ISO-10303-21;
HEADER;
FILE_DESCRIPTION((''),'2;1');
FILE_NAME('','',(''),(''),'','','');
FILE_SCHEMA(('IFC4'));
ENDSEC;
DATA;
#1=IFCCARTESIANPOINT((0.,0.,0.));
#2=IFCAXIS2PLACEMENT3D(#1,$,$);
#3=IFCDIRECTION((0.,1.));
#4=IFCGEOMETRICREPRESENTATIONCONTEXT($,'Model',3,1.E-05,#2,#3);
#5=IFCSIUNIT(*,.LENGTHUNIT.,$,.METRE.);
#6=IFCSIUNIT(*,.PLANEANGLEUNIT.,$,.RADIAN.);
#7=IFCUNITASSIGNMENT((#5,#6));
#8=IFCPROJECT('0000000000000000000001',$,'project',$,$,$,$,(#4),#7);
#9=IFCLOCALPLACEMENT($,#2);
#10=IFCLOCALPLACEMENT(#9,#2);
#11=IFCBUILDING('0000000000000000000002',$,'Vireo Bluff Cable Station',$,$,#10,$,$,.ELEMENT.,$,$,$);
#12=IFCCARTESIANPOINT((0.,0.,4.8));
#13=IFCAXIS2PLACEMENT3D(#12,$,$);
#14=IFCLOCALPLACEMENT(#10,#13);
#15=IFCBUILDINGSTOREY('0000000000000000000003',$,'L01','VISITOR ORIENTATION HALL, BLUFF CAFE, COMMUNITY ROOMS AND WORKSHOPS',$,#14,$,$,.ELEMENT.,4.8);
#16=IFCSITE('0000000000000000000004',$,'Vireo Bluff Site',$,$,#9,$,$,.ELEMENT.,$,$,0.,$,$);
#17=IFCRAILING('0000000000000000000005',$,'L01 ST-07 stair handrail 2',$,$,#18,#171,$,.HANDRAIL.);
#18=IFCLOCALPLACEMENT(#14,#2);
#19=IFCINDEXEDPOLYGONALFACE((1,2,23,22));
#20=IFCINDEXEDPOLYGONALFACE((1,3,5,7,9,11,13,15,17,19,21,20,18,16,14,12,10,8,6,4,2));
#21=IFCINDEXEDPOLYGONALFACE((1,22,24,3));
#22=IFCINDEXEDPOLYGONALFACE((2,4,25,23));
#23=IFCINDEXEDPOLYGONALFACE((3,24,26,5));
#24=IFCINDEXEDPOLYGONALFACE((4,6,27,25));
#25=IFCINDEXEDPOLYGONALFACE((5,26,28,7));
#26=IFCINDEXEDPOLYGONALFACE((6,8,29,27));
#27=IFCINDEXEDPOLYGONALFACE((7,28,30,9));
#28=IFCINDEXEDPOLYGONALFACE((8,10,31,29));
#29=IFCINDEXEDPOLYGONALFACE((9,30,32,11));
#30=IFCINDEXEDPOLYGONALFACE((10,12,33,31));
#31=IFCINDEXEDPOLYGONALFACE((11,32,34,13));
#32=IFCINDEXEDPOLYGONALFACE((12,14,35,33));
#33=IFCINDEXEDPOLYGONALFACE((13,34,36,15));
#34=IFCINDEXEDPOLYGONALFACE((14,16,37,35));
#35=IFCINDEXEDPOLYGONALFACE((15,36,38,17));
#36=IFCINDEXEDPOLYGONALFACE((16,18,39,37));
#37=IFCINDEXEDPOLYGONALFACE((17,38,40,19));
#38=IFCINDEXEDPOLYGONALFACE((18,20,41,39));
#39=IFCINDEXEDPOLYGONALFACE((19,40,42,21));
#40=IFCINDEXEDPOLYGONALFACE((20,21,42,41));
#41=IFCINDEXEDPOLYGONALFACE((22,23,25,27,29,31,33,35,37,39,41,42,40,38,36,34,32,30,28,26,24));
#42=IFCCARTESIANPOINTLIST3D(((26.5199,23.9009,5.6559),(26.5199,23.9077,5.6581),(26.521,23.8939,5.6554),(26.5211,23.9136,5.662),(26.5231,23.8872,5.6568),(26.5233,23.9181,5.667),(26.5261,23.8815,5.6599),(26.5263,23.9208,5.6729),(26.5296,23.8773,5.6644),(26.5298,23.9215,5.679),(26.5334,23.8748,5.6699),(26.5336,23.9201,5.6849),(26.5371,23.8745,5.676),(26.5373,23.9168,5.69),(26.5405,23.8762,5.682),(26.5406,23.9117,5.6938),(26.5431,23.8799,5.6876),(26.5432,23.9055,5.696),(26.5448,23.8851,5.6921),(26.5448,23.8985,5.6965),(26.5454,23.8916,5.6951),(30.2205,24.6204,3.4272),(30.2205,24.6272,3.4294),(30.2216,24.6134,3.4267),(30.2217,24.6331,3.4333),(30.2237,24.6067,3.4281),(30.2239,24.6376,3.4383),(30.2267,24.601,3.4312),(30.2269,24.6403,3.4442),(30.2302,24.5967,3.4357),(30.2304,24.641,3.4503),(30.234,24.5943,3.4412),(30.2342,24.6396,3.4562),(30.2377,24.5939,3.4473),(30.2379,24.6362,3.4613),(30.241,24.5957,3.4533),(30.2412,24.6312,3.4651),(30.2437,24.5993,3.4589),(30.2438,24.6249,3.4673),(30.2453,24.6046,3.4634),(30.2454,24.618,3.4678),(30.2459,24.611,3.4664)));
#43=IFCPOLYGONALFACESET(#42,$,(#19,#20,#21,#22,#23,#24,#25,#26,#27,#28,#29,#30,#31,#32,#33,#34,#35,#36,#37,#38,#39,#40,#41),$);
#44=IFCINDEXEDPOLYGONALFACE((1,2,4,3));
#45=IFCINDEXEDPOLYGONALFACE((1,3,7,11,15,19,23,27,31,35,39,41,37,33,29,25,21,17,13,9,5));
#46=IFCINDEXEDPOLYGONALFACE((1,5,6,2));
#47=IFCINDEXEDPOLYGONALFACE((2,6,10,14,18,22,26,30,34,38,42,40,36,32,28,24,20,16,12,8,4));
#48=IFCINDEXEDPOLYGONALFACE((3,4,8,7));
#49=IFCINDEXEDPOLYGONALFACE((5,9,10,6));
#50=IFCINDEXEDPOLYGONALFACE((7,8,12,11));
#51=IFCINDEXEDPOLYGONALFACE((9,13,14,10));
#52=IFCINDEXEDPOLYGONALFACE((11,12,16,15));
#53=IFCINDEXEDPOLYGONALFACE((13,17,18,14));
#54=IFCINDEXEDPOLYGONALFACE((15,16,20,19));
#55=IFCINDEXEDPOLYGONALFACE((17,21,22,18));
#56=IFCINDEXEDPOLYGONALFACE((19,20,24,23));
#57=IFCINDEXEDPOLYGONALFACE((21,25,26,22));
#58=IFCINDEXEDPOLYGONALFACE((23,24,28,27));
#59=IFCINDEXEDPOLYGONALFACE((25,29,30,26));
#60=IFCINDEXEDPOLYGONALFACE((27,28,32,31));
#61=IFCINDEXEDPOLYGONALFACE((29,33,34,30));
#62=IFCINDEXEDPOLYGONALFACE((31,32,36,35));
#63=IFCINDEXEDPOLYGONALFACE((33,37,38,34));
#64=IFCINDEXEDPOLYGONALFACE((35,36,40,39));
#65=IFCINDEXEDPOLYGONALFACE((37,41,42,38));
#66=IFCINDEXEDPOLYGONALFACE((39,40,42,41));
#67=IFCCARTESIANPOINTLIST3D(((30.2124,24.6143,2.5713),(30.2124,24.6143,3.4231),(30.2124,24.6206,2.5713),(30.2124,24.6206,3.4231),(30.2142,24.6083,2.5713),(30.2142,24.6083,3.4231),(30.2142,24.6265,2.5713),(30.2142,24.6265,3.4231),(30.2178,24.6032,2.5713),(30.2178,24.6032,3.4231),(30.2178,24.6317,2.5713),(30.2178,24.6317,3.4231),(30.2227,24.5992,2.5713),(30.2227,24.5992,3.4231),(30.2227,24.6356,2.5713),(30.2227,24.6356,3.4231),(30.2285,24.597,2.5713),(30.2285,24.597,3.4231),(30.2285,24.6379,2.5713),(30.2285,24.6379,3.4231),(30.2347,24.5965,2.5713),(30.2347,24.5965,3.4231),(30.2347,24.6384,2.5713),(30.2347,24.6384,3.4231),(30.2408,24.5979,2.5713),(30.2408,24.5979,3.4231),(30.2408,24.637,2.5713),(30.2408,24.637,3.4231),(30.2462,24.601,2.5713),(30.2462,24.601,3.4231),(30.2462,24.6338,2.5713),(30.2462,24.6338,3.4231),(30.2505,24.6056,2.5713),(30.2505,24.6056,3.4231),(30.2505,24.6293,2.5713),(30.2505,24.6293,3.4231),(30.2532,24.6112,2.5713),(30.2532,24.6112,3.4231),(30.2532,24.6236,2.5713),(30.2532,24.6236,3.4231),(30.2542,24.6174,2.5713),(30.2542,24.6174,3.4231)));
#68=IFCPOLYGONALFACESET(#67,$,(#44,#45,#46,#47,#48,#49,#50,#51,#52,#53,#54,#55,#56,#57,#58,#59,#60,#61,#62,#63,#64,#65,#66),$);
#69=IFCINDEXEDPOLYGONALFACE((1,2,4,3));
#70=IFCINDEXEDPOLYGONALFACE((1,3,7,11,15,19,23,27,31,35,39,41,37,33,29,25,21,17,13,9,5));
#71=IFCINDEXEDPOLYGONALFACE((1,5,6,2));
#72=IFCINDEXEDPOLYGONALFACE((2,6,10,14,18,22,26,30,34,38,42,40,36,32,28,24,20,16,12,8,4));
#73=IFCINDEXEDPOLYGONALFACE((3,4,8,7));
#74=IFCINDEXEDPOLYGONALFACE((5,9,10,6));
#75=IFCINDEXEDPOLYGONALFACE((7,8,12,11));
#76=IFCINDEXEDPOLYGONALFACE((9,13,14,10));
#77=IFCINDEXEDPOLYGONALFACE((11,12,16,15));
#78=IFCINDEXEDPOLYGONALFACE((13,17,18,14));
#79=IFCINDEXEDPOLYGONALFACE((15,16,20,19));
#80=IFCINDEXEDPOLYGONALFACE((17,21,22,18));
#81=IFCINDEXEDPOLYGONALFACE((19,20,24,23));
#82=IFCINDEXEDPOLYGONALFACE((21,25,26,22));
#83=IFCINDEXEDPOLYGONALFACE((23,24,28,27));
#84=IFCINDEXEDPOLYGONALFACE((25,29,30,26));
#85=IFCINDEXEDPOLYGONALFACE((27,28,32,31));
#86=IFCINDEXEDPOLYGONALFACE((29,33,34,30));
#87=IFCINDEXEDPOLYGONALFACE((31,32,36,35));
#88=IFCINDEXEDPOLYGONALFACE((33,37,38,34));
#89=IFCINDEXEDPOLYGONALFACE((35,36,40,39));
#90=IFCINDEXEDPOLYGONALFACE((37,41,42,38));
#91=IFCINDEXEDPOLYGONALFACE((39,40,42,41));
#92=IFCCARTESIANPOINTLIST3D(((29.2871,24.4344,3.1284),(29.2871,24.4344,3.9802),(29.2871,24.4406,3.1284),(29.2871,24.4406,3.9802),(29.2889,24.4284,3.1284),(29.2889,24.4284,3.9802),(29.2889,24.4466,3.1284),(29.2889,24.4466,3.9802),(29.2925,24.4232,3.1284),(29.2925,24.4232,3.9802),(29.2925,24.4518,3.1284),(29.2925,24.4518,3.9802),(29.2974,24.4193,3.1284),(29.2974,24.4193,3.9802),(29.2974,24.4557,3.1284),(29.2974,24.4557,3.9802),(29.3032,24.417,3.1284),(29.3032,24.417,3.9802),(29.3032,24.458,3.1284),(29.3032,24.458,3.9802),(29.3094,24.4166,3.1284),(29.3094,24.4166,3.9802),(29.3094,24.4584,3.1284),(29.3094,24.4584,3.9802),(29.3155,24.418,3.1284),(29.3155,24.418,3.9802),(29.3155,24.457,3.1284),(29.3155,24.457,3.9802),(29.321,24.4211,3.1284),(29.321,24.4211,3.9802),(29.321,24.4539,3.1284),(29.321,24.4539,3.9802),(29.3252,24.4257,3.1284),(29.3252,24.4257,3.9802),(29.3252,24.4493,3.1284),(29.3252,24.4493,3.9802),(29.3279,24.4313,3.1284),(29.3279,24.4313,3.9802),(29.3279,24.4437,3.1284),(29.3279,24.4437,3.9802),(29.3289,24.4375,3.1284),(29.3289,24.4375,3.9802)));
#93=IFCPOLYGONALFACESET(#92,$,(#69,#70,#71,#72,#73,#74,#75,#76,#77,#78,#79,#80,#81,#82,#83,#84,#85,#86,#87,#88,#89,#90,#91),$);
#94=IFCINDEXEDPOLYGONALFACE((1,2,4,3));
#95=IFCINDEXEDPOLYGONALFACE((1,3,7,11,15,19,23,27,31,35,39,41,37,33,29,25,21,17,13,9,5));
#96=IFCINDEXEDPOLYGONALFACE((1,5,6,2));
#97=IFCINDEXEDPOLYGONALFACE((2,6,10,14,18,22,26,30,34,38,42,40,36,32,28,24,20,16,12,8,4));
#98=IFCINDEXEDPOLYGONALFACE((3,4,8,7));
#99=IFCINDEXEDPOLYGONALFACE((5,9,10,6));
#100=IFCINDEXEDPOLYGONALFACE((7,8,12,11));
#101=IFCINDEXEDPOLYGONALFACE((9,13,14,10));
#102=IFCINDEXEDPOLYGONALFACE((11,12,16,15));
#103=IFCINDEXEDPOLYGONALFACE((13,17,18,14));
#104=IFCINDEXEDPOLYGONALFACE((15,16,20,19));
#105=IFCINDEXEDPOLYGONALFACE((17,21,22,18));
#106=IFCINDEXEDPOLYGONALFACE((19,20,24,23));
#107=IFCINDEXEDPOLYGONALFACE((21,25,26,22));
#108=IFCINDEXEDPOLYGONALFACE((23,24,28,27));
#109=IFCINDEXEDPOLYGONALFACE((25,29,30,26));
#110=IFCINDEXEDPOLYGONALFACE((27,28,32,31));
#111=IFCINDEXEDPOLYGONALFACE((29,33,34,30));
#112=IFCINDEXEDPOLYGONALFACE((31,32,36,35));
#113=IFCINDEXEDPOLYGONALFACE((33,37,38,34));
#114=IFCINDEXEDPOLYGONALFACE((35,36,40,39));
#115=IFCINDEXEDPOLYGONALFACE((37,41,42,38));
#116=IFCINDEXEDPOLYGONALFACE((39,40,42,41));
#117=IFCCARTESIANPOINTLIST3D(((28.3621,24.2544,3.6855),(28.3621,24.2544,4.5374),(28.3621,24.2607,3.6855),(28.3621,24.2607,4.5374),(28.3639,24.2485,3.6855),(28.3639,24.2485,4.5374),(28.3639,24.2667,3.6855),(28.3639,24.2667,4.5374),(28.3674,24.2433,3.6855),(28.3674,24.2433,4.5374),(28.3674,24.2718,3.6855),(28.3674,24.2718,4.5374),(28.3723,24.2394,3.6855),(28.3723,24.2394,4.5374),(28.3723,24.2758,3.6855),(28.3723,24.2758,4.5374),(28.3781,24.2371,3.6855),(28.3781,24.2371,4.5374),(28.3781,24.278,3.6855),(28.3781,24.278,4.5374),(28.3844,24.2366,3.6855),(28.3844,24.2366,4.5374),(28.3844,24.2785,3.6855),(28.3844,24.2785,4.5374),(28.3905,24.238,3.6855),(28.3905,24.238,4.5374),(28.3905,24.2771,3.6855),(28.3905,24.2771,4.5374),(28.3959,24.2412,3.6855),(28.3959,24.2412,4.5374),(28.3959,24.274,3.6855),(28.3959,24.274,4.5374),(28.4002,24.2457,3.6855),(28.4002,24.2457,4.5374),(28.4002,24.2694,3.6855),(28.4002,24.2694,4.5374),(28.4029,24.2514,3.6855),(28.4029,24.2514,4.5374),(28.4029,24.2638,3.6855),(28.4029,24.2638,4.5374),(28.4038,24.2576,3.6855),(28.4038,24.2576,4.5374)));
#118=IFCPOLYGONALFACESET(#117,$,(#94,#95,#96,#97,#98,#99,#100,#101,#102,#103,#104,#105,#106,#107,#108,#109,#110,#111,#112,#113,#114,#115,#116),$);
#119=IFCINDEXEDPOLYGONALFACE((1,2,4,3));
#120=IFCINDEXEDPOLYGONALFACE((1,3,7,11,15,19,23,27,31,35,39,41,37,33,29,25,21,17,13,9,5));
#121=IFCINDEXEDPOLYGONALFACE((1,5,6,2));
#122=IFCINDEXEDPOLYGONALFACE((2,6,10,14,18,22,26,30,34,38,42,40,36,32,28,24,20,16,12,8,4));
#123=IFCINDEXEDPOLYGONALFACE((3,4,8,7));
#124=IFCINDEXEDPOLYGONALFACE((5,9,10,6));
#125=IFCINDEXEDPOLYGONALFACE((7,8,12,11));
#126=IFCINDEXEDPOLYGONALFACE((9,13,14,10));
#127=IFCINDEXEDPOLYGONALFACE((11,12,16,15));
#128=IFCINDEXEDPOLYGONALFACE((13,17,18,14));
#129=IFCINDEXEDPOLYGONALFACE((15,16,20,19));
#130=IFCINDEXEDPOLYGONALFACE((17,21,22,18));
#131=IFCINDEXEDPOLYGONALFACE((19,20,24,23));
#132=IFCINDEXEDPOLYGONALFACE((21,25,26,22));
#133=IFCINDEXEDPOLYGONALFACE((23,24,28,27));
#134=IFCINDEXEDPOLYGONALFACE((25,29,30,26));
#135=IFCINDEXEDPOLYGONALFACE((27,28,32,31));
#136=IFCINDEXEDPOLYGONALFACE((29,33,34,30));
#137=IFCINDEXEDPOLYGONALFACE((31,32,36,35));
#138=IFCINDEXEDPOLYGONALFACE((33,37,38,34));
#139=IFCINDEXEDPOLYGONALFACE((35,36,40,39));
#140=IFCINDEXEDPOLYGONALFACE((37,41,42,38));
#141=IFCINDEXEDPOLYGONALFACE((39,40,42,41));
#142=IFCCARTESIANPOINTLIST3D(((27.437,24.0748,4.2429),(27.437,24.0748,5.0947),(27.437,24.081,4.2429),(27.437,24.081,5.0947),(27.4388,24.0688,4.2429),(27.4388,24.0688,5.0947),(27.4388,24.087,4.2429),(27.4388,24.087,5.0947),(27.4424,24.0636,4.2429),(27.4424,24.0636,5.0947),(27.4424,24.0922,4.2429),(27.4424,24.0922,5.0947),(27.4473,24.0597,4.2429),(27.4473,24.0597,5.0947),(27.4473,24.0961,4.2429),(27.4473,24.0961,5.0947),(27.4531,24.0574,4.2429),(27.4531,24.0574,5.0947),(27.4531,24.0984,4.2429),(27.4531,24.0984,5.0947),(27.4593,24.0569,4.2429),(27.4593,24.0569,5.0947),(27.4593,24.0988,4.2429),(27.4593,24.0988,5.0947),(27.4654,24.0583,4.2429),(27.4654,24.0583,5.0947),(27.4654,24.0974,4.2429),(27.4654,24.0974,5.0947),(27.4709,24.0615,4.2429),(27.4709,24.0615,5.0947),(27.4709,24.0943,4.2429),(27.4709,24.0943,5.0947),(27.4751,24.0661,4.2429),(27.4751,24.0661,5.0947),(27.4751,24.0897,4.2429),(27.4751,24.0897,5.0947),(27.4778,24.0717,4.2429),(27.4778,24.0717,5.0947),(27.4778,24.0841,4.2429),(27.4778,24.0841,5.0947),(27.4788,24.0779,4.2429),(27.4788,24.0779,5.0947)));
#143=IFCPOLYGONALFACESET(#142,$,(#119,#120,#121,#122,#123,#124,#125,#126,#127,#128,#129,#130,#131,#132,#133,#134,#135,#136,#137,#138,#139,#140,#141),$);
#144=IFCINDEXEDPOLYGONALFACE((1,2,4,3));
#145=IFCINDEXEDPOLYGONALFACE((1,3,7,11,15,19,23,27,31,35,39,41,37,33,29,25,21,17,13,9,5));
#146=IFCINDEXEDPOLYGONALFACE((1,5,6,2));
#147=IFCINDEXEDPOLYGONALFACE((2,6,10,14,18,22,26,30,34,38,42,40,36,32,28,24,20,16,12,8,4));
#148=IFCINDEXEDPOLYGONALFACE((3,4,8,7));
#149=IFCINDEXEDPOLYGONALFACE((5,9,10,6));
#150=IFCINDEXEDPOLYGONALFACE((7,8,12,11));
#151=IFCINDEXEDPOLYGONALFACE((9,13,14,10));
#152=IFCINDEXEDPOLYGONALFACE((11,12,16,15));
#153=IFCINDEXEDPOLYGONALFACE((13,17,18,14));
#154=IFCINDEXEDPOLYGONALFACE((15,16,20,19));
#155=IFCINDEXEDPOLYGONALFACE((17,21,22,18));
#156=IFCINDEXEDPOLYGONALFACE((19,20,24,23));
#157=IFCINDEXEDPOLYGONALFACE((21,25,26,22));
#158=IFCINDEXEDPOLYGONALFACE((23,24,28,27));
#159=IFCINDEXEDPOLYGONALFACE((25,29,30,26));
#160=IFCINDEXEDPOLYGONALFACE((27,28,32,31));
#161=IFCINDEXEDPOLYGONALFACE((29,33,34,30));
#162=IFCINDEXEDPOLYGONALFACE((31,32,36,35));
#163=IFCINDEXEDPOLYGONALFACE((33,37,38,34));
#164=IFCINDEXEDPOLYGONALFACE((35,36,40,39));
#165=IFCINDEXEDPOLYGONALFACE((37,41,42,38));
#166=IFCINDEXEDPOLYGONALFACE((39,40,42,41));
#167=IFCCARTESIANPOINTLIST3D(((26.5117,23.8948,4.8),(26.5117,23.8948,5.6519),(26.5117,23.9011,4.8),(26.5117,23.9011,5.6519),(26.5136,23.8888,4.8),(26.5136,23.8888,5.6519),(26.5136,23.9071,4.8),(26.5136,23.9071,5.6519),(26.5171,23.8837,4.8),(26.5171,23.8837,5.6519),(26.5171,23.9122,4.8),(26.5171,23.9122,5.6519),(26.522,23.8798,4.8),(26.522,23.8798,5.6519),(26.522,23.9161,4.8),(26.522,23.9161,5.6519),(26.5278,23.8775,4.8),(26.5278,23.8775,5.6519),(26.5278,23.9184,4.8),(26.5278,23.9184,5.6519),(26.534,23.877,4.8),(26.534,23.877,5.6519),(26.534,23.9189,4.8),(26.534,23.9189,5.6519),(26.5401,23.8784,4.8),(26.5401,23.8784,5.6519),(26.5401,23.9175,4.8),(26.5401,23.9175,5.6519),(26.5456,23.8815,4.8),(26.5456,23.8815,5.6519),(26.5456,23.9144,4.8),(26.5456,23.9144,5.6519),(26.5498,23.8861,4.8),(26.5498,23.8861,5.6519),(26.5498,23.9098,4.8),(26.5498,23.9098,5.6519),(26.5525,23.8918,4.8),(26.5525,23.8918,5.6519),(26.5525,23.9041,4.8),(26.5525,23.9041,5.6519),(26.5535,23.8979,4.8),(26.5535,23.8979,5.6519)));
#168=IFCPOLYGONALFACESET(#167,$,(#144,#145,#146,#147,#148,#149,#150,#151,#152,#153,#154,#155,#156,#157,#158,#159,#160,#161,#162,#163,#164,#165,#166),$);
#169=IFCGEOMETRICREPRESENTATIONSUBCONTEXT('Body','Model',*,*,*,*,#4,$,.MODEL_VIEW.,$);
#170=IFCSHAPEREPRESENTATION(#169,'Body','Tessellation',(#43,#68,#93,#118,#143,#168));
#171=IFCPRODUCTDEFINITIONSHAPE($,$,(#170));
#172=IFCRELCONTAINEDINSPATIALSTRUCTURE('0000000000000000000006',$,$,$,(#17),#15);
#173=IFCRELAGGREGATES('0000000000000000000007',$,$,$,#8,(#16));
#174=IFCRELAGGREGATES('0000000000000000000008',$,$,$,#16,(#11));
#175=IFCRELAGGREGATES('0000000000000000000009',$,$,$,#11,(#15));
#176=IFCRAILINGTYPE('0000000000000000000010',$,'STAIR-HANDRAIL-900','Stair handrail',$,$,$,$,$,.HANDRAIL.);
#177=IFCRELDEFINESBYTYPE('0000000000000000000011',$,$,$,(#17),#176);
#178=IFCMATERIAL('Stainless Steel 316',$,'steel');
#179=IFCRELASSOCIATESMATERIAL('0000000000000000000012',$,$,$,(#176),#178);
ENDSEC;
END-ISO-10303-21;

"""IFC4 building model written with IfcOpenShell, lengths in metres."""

from ifc_helpers import new_model, si_unit, direction, frame, origin, origin_2d, place, context, subcontext, project, spatial, circle, extrude, material, type_object, element, save


model = new_model("IFC4")

# Units and contexts
model_context = context("Model", 3, precision=1e-05, world=origin(), true_north=direction((0.0, 1.0)))
body_context = subcontext(model_context, "Body", "Model", "MODEL_VIEW")
ifc_project = project(units=[si_unit("LENGTHUNIT", "METRE"), si_unit("PLANEANGLEUNIT", "RADIAN")], contexts=[model_context])

# Site, building, storey
site_placement = place(None, origin())
site = spatial("IfcSite", under=ifc_project, at=site_placement, Name="Vireo Bluff Site", CompositionType="ELEMENT", RefElevation=0.0)
building_placement = place(site_placement, origin())
building = spatial("IfcBuilding", under=site, at=building_placement, Name="Vireo Bluff Cable Station", CompositionType="ELEMENT")
storey_placement = place(building_placement, frame((0.0, 0.0, 4.8)))
storey = spatial("IfcBuildingStorey", under=building, at=storey_placement, Name="L01", Description="VISITOR ORIENTATION HALL, BLUFF CAFE, COMMUNITY ROOMS AND WORKSHOPS", CompositionType="ELEMENT", Elevation=4.8)

# Railing
ifc_material_1 = material(Name="Stainless Steel 316", Category="steel")
railing_type_1 = type_object("IfcRailingType", Name="STAIR-HANDRAIL-900", Description="Stair handrail", PredefinedType="HANDRAIL", material=ifc_material_1)
railing_1_placement = place(storey_placement, frame((30.2332, 24.6174, 2.5713)))
element("IfcRailing", 1, at=railing_1_placement, inside=storey, type_object=railing_type_1, Name="L01 ST-07 stair handrail 2", PredefinedType="HANDRAIL", context=body_context, shape_type="SweptSolid", body=[
    extrude(circle(Radius=0.0239, at=origin_2d()), frame((0.0, 0.0, 0.876), z_axis=(-0.845, -0.164284, 0.508907), x_axis=(0.190845, -0.98162, 0.0)), (0.0, 0.0, 1.0), 4.3794),
    extrude(circle(Radius=0.021, at=origin_2d()), origin(), (0.0, 0.0, 1.0), 0.8518),
    extrude(circle(Radius=0.021, at=origin_2d()), frame((-0.9253, -0.1799, 0.5571)), (0.0, 0.0, 1.0), 0.8518),
    extrude(circle(Radius=0.021, at=origin_2d()), frame((-1.8503, -0.3599, 1.1143)), (0.0, 0.0, 1.0), 0.8518),
    extrude(circle(Radius=0.021, at=origin_2d()), frame((-2.7754, -0.5396, 1.6716)), (0.0, 0.0, 1.0), 0.8518),
    extrude(circle(Radius=0.021, at=origin_2d()), frame((-3.7007, -0.7195, 2.2288)), (0.0, 0.0, 1.0), 0.8518),
])

save(model, "model.ifc")
